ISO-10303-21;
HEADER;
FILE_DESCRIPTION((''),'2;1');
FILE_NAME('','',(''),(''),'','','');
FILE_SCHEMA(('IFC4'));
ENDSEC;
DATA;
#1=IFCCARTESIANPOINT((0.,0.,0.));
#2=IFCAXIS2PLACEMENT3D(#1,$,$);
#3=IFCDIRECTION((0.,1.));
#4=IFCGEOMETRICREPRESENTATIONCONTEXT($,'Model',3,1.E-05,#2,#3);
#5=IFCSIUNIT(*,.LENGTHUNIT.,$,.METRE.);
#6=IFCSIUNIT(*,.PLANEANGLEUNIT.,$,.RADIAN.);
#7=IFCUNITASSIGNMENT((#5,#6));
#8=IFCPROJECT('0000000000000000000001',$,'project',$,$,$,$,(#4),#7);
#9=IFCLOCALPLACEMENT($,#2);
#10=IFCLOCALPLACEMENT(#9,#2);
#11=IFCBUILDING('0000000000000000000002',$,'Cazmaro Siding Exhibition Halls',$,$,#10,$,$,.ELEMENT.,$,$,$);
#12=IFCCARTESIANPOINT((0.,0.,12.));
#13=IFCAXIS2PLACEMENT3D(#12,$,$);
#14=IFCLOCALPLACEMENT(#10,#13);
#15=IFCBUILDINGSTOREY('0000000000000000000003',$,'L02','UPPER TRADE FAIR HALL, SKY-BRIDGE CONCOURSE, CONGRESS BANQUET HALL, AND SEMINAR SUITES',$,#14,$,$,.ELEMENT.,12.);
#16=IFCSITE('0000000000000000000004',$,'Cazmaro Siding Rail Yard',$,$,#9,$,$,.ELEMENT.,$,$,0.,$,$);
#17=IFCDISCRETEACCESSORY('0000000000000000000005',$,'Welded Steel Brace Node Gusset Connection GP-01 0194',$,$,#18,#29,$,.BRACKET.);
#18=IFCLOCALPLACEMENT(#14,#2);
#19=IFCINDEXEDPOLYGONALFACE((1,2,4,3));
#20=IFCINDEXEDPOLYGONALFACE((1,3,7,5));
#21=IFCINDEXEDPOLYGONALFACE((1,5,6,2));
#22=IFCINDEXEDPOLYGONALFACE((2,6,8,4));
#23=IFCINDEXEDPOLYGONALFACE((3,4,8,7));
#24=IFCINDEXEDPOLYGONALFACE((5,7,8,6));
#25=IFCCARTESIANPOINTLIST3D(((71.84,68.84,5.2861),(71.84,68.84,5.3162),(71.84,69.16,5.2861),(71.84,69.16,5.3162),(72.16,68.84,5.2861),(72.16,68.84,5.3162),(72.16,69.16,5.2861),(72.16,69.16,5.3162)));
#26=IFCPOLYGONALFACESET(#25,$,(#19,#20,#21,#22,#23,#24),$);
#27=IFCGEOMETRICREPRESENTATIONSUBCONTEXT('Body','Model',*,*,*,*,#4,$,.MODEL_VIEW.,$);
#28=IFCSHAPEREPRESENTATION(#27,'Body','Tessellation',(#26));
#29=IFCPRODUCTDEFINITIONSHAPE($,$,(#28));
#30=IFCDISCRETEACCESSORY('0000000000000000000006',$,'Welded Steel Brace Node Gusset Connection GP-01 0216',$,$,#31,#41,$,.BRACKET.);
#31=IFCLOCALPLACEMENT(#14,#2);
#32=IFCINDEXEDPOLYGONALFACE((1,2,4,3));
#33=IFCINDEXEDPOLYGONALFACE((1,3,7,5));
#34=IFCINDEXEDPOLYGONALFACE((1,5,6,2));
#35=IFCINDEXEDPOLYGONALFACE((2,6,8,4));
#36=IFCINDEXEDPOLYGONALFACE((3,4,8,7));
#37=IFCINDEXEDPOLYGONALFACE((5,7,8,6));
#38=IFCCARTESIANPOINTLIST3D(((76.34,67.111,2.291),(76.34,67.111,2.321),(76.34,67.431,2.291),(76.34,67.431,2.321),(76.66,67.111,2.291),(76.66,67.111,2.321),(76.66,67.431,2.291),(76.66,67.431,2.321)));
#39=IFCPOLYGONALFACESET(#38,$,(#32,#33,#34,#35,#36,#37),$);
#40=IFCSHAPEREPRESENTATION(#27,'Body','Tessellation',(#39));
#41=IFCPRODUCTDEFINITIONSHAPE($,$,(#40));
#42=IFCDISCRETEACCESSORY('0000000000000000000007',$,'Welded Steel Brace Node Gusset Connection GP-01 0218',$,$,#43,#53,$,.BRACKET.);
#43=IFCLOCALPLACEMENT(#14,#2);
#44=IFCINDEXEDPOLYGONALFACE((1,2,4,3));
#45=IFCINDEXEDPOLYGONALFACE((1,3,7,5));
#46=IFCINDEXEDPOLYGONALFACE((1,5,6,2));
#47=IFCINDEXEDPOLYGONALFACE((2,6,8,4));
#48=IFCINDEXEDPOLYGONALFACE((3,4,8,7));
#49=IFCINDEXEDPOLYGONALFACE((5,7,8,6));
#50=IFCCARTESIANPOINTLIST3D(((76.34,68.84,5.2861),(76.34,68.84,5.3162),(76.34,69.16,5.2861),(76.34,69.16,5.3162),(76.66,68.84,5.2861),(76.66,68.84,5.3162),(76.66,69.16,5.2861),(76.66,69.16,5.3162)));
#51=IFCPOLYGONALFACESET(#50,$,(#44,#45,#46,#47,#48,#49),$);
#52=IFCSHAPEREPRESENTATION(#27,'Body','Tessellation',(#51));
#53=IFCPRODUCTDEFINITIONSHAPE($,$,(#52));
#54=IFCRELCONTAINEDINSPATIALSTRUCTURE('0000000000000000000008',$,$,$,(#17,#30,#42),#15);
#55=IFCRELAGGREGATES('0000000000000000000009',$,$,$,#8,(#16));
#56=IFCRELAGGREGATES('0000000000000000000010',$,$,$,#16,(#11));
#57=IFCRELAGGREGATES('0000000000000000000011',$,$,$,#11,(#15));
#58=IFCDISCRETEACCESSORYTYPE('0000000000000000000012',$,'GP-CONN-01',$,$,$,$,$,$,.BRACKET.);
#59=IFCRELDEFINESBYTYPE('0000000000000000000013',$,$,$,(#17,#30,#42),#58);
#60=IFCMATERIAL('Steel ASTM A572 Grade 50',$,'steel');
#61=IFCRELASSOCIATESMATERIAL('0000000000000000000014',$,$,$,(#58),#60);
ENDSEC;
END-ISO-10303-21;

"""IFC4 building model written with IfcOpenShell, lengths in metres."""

from ifc_helpers import new_model, si_unit, direction, frame, origin, origin_2d, place, context, subcontext, project, spatial, rectangle, extrude, material, type_object, element, save


model = new_model("IFC4")

# Units and contexts
model_context = context("Model", 3, precision=1e-05, world=origin(), true_north=direction((0.0, 1.0)))
body_context = subcontext(model_context, "Body", "Model", "MODEL_VIEW")
ifc_project = project(units=[si_unit("LENGTHUNIT", "METRE"), si_unit("PLANEANGLEUNIT", "RADIAN")], contexts=[model_context])

# Site, building, storey
site_placement = place(None, origin())
site = spatial("IfcSite", under=ifc_project, at=site_placement, Name="Cazmaro Siding Rail Yard", CompositionType="ELEMENT", RefElevation=0.0)
building_placement = place(site_placement, origin())
building = spatial("IfcBuilding", under=site, at=building_placement, Name="Cazmaro Siding Exhibition Halls", CompositionType="ELEMENT")
storey_placement = place(building_placement, frame((0.0, 0.0, 12.0)))
storey = spatial("IfcBuildingStorey", under=building, at=storey_placement, Name="L02", Description="UPPER TRADE FAIR HALL, SKY-BRIDGE CONCOURSE, CONGRESS BANQUET HALL, AND SEMINAR SUITES", CompositionType="ELEMENT", Elevation=12.0)

# Discrete accessories
ifc_material_1 = material(Name="Steel ASTM A572 Grade 50", Category="steel")
discrete_accessory_type = type_object("IfcDiscreteAccessoryType", Name="GP-CONN-01", PredefinedType="BRACKET", material=ifc_material_1)
for number, where, z_axis, x_axis, name in (
    (1, (72.0, 69.0, 5.2861), (0.0, 0.0, 1.0), (1.0, 0.0, 0.0), "Welded Steel Brace Node Gusset Connection GP-01 0194"),
    (2, (76.5, 67.271, 2.291), (0.0, 0.0, 1.0), (1.0, 0.0, 0.0), "Welded Steel Brace Node Gusset Connection GP-01 0216"),
    (3, (76.5, 69.0, 5.2861), (0.0, 0.0, 1.0), (1.0, 0.0, 0.0), "Welded Steel Brace Node Gusset Connection GP-01 0218"),
):
    element("IfcDiscreteAccessory", number, at=place(storey_placement, frame(where, z_axis=z_axis, x_axis=x_axis)), inside=storey, type_object=discrete_accessory_type, Name=name, PredefinedType="BRACKET", context=body_context, shape_type="SweptSolid", body=[
        extrude(rectangle(XDim=0.3201, YDim=0.3201, at=origin_2d()), origin(), (0.0, 0.0, 1.0), 0.03),
    ])

save(model, "model.ifc")
